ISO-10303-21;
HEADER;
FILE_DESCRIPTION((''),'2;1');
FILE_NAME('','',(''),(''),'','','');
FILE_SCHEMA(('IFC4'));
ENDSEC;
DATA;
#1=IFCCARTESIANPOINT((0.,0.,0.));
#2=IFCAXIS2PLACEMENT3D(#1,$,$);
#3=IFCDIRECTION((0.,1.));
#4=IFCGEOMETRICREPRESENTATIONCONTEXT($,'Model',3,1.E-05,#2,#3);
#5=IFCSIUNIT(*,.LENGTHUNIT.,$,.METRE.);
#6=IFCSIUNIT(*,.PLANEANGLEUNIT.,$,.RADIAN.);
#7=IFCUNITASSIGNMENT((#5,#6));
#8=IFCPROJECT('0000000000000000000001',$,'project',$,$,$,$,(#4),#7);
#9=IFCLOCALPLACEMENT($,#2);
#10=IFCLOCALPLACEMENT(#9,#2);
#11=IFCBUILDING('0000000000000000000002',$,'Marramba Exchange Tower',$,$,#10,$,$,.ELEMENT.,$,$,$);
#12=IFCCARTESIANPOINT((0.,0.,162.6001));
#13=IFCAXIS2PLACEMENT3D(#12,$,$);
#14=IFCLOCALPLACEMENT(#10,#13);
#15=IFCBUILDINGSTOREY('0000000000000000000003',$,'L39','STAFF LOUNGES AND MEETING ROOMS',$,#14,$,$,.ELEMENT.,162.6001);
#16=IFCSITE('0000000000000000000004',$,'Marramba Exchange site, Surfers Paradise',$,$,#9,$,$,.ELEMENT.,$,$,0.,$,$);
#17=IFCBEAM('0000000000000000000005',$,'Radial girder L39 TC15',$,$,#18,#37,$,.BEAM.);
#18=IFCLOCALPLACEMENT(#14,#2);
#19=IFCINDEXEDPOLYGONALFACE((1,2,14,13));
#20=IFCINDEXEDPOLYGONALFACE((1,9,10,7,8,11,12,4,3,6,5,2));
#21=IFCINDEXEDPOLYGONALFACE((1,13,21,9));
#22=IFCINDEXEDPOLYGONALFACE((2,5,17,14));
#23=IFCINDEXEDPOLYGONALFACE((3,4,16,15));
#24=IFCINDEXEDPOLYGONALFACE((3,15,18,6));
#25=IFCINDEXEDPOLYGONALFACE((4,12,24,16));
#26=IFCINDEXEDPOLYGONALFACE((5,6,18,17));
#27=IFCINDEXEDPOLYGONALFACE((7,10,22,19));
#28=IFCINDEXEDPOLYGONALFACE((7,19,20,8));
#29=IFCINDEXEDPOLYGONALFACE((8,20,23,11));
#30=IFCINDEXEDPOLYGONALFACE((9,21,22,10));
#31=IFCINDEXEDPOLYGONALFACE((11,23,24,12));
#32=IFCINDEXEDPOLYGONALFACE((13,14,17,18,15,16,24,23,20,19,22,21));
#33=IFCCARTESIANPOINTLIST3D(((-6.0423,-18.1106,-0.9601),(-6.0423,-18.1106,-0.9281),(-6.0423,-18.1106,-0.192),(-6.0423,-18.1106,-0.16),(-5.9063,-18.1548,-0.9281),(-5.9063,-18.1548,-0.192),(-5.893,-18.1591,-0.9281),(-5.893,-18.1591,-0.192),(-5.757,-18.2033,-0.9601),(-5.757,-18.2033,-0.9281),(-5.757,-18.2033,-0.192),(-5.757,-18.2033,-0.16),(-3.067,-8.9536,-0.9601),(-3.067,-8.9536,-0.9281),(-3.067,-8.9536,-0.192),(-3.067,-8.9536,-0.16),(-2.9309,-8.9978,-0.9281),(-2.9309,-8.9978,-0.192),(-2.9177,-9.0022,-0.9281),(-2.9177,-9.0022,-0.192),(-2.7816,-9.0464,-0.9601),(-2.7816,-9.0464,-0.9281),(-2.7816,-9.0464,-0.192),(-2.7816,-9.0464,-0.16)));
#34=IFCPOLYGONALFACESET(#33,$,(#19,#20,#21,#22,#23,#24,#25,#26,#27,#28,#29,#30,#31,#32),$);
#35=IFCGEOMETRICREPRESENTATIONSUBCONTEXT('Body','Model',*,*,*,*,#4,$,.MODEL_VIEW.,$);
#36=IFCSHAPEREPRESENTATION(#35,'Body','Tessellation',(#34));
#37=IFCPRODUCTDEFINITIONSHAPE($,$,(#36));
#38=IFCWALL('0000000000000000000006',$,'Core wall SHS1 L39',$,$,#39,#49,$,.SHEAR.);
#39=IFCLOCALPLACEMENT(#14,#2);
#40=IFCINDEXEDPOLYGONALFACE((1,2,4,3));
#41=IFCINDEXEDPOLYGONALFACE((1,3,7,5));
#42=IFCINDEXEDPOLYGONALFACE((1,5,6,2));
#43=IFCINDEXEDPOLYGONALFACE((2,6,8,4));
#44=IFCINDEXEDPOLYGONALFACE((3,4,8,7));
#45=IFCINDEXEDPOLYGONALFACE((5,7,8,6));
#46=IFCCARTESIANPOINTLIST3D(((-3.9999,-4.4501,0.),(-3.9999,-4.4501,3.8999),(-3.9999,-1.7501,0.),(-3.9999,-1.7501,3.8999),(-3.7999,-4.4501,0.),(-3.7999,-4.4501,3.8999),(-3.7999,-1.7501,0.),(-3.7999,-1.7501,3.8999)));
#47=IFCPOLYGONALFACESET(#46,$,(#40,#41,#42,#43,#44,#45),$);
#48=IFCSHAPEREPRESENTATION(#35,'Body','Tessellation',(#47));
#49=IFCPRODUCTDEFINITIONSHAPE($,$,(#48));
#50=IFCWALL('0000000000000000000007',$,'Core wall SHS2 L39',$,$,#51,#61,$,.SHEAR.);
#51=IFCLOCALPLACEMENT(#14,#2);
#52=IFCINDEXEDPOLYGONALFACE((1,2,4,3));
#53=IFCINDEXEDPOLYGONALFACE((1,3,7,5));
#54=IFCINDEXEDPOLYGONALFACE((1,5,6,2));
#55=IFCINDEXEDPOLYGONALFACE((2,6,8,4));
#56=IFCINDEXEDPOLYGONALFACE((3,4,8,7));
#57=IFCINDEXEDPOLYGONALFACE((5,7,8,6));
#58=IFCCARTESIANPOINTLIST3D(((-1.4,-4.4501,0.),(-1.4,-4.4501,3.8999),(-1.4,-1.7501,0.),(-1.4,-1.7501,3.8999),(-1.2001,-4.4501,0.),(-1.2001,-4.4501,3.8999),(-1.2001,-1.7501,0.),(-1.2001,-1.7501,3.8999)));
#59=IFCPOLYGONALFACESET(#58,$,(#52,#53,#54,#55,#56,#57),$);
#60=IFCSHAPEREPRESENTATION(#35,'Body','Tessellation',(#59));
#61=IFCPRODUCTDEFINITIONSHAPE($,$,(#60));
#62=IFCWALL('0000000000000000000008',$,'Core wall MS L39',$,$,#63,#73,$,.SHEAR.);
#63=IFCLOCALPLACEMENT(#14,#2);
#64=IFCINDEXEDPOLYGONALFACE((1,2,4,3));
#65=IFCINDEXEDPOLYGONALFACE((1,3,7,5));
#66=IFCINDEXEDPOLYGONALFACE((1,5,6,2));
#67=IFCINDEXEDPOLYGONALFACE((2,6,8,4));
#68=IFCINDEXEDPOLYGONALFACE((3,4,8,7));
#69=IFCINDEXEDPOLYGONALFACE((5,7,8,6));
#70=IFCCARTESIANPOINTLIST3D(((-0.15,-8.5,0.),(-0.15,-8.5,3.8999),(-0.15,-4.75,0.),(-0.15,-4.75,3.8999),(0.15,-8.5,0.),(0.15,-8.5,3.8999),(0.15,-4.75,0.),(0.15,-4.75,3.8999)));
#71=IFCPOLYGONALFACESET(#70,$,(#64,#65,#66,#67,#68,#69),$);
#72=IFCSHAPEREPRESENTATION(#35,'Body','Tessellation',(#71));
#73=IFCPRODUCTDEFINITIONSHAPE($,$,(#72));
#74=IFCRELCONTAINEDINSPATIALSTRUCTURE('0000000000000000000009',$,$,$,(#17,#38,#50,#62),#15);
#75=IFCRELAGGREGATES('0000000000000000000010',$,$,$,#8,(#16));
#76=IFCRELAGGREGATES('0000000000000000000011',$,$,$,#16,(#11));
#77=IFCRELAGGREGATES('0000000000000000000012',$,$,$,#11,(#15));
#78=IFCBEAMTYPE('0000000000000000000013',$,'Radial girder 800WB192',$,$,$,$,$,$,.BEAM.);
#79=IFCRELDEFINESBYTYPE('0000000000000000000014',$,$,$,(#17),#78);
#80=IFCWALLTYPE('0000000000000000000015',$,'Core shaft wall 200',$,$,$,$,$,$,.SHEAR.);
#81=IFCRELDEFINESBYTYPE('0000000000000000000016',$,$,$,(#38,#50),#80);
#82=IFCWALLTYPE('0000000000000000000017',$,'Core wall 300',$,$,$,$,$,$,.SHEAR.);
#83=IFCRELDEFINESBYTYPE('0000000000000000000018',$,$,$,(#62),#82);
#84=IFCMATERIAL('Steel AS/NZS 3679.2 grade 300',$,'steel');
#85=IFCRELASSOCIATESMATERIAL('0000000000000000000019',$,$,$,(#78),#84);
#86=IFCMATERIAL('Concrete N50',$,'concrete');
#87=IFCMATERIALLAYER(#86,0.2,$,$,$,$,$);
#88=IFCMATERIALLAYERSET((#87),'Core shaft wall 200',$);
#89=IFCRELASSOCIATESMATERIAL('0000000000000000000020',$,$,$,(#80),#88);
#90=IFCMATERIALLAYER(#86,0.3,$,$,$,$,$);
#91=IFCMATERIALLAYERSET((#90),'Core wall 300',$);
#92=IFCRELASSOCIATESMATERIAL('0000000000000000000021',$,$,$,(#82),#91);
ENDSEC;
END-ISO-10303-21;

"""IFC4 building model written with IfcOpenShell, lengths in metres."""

from ifc_helpers import new_model, si_unit, direction, frame, frame_2d, origin, origin_2d, place, context, subcontext, project, spatial, rectangle, i_section, extrude, material, layer, layer_set, material_profile, profile_set, type_object, element, save


model = new_model("IFC4")

# Units and contexts
model_context = context("Model", 3, precision=1e-05, world=origin(), true_north=direction((0.0, 1.0)))
body_context = subcontext(model_context, "Body", "Model", "MODEL_VIEW")
ifc_project = project(units=[si_unit("LENGTHUNIT", "METRE"), si_unit("PLANEANGLEUNIT", "RADIAN")], contexts=[model_context])

# Site, building, storey
site_placement = place(None, origin())
site = spatial("IfcSite", under=ifc_project, at=site_placement, Name="Marramba Exchange site, Surfers Paradise", CompositionType="ELEMENT", RefElevation=0.0)
building_placement = place(site_placement, origin())
building = spatial("IfcBuilding", under=site, at=building_placement, Name="Marramba Exchange Tower", CompositionType="ELEMENT")
storey_placement = place(building_placement, frame((0.0, 0.0, 162.6001)))
storey = spatial("IfcBuildingStorey", under=building, at=storey_placement, Name="L39", Description="STAFF LOUNGES AND MEETING ROOMS", CompositionType="ELEMENT", Elevation=162.6001)

# Beam
ifc_material_1 = material(Name="Steel AS/NZS 3679.2 grade 300", Category="steel")
ifc_material_profile = material_profile(ifc_material_1, i_section(OverallWidth=0.3, OverallDepth=0.8, WebThickness=0.0139, FlangeThickness=0.032, at=origin_2d()), Name="800WB192")
ifc_profile_set = profile_set([ifc_material_profile], Name="Steel AS/NZS 3679.2 grade 300")
beam_type = type_object("IfcBeamType", Name="Radial girder 800WB192", PredefinedType="BEAM", material=ifc_profile_set)
beam_placement = place(storey_placement, frame((-2.9243, -9.0, -0.5601), z_axis=(-0.309022, -0.951055, 0.0), x_axis=(0.951055, -0.309022, 0.0)))
element("IfcBeam", 1, at=beam_placement, inside=storey, type_object=beam_type, Name="Radial girder L39 TC15", PredefinedType="BEAM", context=body_context, shape_type="SweptSolid", body=[
    extrude(i_section(OverallWidth=0.3, OverallDepth=0.8, WebThickness=0.0139, FlangeThickness=0.032, at=origin_2d()), origin(), (0.0, 0.0, 1.0), 9.6282),
])

# Walls
ifc_material_2 = material(Name="Concrete N50", Category="concrete")
ifc_layer_1 = layer(ifc_material_2, 0.2)
ifc_layer_set_1 = layer_set([ifc_layer_1], Name="Core shaft wall 200")
wall_type_1 = type_object("IfcWallType", Name="Core shaft wall 200", PredefinedType="SHEAR", material=ifc_layer_set_1)
for number, where, z_axis, x_axis, name in (
    (2, (-3.8999, -1.75, 0.0), (0.0, 0.0, 1.0), (0.0, -1.0, 0.0), "Core wall SHS1 L39"),
    (3, (-1.3, -1.75, 0.0), (0.0, 0.0, 1.0), (0.0, -1.0, 0.0), "Core wall SHS2 L39"),
):
    element("IfcWall", number, at=place(storey_placement, frame(where, z_axis=z_axis, x_axis=x_axis)), inside=storey, type_object=wall_type_1, Name=name, PredefinedType="SHEAR", context=body_context, shape_type="SweptSolid", body=[
        extrude(rectangle(XDim=2.7, YDim=0.2, at=frame_2d((1.3501, 0.0))), origin(), (0.0, 0.0, 1.0), 3.8999),
    ])
ifc_layer_2 = layer(ifc_material_2, 0.3)
ifc_layer_set_2 = layer_set([ifc_layer_2], Name="Core wall 300")
wall_type_2 = type_object("IfcWallType", Name="Core wall 300", PredefinedType="SHEAR", material=ifc_layer_set_2)
wall_1_placement = place(storey_placement, frame((0.0, -4.75, 0.0), z_axis=(0.0, 0.0, 1.0), x_axis=(0.0, -1.0, 0.0)))
element("IfcWall", 4, at=wall_1_placement, inside=storey, type_object=wall_type_2, Name="Core wall MS L39", PredefinedType="SHEAR", context=body_context, shape_type="SweptSolid", body=[
    extrude(rectangle(XDim=3.75, YDim=0.3, at=frame_2d((1.875, 0.0))), origin(), (0.0, 0.0, 1.0), 3.8999),
])

save(model, "model.ifc")
